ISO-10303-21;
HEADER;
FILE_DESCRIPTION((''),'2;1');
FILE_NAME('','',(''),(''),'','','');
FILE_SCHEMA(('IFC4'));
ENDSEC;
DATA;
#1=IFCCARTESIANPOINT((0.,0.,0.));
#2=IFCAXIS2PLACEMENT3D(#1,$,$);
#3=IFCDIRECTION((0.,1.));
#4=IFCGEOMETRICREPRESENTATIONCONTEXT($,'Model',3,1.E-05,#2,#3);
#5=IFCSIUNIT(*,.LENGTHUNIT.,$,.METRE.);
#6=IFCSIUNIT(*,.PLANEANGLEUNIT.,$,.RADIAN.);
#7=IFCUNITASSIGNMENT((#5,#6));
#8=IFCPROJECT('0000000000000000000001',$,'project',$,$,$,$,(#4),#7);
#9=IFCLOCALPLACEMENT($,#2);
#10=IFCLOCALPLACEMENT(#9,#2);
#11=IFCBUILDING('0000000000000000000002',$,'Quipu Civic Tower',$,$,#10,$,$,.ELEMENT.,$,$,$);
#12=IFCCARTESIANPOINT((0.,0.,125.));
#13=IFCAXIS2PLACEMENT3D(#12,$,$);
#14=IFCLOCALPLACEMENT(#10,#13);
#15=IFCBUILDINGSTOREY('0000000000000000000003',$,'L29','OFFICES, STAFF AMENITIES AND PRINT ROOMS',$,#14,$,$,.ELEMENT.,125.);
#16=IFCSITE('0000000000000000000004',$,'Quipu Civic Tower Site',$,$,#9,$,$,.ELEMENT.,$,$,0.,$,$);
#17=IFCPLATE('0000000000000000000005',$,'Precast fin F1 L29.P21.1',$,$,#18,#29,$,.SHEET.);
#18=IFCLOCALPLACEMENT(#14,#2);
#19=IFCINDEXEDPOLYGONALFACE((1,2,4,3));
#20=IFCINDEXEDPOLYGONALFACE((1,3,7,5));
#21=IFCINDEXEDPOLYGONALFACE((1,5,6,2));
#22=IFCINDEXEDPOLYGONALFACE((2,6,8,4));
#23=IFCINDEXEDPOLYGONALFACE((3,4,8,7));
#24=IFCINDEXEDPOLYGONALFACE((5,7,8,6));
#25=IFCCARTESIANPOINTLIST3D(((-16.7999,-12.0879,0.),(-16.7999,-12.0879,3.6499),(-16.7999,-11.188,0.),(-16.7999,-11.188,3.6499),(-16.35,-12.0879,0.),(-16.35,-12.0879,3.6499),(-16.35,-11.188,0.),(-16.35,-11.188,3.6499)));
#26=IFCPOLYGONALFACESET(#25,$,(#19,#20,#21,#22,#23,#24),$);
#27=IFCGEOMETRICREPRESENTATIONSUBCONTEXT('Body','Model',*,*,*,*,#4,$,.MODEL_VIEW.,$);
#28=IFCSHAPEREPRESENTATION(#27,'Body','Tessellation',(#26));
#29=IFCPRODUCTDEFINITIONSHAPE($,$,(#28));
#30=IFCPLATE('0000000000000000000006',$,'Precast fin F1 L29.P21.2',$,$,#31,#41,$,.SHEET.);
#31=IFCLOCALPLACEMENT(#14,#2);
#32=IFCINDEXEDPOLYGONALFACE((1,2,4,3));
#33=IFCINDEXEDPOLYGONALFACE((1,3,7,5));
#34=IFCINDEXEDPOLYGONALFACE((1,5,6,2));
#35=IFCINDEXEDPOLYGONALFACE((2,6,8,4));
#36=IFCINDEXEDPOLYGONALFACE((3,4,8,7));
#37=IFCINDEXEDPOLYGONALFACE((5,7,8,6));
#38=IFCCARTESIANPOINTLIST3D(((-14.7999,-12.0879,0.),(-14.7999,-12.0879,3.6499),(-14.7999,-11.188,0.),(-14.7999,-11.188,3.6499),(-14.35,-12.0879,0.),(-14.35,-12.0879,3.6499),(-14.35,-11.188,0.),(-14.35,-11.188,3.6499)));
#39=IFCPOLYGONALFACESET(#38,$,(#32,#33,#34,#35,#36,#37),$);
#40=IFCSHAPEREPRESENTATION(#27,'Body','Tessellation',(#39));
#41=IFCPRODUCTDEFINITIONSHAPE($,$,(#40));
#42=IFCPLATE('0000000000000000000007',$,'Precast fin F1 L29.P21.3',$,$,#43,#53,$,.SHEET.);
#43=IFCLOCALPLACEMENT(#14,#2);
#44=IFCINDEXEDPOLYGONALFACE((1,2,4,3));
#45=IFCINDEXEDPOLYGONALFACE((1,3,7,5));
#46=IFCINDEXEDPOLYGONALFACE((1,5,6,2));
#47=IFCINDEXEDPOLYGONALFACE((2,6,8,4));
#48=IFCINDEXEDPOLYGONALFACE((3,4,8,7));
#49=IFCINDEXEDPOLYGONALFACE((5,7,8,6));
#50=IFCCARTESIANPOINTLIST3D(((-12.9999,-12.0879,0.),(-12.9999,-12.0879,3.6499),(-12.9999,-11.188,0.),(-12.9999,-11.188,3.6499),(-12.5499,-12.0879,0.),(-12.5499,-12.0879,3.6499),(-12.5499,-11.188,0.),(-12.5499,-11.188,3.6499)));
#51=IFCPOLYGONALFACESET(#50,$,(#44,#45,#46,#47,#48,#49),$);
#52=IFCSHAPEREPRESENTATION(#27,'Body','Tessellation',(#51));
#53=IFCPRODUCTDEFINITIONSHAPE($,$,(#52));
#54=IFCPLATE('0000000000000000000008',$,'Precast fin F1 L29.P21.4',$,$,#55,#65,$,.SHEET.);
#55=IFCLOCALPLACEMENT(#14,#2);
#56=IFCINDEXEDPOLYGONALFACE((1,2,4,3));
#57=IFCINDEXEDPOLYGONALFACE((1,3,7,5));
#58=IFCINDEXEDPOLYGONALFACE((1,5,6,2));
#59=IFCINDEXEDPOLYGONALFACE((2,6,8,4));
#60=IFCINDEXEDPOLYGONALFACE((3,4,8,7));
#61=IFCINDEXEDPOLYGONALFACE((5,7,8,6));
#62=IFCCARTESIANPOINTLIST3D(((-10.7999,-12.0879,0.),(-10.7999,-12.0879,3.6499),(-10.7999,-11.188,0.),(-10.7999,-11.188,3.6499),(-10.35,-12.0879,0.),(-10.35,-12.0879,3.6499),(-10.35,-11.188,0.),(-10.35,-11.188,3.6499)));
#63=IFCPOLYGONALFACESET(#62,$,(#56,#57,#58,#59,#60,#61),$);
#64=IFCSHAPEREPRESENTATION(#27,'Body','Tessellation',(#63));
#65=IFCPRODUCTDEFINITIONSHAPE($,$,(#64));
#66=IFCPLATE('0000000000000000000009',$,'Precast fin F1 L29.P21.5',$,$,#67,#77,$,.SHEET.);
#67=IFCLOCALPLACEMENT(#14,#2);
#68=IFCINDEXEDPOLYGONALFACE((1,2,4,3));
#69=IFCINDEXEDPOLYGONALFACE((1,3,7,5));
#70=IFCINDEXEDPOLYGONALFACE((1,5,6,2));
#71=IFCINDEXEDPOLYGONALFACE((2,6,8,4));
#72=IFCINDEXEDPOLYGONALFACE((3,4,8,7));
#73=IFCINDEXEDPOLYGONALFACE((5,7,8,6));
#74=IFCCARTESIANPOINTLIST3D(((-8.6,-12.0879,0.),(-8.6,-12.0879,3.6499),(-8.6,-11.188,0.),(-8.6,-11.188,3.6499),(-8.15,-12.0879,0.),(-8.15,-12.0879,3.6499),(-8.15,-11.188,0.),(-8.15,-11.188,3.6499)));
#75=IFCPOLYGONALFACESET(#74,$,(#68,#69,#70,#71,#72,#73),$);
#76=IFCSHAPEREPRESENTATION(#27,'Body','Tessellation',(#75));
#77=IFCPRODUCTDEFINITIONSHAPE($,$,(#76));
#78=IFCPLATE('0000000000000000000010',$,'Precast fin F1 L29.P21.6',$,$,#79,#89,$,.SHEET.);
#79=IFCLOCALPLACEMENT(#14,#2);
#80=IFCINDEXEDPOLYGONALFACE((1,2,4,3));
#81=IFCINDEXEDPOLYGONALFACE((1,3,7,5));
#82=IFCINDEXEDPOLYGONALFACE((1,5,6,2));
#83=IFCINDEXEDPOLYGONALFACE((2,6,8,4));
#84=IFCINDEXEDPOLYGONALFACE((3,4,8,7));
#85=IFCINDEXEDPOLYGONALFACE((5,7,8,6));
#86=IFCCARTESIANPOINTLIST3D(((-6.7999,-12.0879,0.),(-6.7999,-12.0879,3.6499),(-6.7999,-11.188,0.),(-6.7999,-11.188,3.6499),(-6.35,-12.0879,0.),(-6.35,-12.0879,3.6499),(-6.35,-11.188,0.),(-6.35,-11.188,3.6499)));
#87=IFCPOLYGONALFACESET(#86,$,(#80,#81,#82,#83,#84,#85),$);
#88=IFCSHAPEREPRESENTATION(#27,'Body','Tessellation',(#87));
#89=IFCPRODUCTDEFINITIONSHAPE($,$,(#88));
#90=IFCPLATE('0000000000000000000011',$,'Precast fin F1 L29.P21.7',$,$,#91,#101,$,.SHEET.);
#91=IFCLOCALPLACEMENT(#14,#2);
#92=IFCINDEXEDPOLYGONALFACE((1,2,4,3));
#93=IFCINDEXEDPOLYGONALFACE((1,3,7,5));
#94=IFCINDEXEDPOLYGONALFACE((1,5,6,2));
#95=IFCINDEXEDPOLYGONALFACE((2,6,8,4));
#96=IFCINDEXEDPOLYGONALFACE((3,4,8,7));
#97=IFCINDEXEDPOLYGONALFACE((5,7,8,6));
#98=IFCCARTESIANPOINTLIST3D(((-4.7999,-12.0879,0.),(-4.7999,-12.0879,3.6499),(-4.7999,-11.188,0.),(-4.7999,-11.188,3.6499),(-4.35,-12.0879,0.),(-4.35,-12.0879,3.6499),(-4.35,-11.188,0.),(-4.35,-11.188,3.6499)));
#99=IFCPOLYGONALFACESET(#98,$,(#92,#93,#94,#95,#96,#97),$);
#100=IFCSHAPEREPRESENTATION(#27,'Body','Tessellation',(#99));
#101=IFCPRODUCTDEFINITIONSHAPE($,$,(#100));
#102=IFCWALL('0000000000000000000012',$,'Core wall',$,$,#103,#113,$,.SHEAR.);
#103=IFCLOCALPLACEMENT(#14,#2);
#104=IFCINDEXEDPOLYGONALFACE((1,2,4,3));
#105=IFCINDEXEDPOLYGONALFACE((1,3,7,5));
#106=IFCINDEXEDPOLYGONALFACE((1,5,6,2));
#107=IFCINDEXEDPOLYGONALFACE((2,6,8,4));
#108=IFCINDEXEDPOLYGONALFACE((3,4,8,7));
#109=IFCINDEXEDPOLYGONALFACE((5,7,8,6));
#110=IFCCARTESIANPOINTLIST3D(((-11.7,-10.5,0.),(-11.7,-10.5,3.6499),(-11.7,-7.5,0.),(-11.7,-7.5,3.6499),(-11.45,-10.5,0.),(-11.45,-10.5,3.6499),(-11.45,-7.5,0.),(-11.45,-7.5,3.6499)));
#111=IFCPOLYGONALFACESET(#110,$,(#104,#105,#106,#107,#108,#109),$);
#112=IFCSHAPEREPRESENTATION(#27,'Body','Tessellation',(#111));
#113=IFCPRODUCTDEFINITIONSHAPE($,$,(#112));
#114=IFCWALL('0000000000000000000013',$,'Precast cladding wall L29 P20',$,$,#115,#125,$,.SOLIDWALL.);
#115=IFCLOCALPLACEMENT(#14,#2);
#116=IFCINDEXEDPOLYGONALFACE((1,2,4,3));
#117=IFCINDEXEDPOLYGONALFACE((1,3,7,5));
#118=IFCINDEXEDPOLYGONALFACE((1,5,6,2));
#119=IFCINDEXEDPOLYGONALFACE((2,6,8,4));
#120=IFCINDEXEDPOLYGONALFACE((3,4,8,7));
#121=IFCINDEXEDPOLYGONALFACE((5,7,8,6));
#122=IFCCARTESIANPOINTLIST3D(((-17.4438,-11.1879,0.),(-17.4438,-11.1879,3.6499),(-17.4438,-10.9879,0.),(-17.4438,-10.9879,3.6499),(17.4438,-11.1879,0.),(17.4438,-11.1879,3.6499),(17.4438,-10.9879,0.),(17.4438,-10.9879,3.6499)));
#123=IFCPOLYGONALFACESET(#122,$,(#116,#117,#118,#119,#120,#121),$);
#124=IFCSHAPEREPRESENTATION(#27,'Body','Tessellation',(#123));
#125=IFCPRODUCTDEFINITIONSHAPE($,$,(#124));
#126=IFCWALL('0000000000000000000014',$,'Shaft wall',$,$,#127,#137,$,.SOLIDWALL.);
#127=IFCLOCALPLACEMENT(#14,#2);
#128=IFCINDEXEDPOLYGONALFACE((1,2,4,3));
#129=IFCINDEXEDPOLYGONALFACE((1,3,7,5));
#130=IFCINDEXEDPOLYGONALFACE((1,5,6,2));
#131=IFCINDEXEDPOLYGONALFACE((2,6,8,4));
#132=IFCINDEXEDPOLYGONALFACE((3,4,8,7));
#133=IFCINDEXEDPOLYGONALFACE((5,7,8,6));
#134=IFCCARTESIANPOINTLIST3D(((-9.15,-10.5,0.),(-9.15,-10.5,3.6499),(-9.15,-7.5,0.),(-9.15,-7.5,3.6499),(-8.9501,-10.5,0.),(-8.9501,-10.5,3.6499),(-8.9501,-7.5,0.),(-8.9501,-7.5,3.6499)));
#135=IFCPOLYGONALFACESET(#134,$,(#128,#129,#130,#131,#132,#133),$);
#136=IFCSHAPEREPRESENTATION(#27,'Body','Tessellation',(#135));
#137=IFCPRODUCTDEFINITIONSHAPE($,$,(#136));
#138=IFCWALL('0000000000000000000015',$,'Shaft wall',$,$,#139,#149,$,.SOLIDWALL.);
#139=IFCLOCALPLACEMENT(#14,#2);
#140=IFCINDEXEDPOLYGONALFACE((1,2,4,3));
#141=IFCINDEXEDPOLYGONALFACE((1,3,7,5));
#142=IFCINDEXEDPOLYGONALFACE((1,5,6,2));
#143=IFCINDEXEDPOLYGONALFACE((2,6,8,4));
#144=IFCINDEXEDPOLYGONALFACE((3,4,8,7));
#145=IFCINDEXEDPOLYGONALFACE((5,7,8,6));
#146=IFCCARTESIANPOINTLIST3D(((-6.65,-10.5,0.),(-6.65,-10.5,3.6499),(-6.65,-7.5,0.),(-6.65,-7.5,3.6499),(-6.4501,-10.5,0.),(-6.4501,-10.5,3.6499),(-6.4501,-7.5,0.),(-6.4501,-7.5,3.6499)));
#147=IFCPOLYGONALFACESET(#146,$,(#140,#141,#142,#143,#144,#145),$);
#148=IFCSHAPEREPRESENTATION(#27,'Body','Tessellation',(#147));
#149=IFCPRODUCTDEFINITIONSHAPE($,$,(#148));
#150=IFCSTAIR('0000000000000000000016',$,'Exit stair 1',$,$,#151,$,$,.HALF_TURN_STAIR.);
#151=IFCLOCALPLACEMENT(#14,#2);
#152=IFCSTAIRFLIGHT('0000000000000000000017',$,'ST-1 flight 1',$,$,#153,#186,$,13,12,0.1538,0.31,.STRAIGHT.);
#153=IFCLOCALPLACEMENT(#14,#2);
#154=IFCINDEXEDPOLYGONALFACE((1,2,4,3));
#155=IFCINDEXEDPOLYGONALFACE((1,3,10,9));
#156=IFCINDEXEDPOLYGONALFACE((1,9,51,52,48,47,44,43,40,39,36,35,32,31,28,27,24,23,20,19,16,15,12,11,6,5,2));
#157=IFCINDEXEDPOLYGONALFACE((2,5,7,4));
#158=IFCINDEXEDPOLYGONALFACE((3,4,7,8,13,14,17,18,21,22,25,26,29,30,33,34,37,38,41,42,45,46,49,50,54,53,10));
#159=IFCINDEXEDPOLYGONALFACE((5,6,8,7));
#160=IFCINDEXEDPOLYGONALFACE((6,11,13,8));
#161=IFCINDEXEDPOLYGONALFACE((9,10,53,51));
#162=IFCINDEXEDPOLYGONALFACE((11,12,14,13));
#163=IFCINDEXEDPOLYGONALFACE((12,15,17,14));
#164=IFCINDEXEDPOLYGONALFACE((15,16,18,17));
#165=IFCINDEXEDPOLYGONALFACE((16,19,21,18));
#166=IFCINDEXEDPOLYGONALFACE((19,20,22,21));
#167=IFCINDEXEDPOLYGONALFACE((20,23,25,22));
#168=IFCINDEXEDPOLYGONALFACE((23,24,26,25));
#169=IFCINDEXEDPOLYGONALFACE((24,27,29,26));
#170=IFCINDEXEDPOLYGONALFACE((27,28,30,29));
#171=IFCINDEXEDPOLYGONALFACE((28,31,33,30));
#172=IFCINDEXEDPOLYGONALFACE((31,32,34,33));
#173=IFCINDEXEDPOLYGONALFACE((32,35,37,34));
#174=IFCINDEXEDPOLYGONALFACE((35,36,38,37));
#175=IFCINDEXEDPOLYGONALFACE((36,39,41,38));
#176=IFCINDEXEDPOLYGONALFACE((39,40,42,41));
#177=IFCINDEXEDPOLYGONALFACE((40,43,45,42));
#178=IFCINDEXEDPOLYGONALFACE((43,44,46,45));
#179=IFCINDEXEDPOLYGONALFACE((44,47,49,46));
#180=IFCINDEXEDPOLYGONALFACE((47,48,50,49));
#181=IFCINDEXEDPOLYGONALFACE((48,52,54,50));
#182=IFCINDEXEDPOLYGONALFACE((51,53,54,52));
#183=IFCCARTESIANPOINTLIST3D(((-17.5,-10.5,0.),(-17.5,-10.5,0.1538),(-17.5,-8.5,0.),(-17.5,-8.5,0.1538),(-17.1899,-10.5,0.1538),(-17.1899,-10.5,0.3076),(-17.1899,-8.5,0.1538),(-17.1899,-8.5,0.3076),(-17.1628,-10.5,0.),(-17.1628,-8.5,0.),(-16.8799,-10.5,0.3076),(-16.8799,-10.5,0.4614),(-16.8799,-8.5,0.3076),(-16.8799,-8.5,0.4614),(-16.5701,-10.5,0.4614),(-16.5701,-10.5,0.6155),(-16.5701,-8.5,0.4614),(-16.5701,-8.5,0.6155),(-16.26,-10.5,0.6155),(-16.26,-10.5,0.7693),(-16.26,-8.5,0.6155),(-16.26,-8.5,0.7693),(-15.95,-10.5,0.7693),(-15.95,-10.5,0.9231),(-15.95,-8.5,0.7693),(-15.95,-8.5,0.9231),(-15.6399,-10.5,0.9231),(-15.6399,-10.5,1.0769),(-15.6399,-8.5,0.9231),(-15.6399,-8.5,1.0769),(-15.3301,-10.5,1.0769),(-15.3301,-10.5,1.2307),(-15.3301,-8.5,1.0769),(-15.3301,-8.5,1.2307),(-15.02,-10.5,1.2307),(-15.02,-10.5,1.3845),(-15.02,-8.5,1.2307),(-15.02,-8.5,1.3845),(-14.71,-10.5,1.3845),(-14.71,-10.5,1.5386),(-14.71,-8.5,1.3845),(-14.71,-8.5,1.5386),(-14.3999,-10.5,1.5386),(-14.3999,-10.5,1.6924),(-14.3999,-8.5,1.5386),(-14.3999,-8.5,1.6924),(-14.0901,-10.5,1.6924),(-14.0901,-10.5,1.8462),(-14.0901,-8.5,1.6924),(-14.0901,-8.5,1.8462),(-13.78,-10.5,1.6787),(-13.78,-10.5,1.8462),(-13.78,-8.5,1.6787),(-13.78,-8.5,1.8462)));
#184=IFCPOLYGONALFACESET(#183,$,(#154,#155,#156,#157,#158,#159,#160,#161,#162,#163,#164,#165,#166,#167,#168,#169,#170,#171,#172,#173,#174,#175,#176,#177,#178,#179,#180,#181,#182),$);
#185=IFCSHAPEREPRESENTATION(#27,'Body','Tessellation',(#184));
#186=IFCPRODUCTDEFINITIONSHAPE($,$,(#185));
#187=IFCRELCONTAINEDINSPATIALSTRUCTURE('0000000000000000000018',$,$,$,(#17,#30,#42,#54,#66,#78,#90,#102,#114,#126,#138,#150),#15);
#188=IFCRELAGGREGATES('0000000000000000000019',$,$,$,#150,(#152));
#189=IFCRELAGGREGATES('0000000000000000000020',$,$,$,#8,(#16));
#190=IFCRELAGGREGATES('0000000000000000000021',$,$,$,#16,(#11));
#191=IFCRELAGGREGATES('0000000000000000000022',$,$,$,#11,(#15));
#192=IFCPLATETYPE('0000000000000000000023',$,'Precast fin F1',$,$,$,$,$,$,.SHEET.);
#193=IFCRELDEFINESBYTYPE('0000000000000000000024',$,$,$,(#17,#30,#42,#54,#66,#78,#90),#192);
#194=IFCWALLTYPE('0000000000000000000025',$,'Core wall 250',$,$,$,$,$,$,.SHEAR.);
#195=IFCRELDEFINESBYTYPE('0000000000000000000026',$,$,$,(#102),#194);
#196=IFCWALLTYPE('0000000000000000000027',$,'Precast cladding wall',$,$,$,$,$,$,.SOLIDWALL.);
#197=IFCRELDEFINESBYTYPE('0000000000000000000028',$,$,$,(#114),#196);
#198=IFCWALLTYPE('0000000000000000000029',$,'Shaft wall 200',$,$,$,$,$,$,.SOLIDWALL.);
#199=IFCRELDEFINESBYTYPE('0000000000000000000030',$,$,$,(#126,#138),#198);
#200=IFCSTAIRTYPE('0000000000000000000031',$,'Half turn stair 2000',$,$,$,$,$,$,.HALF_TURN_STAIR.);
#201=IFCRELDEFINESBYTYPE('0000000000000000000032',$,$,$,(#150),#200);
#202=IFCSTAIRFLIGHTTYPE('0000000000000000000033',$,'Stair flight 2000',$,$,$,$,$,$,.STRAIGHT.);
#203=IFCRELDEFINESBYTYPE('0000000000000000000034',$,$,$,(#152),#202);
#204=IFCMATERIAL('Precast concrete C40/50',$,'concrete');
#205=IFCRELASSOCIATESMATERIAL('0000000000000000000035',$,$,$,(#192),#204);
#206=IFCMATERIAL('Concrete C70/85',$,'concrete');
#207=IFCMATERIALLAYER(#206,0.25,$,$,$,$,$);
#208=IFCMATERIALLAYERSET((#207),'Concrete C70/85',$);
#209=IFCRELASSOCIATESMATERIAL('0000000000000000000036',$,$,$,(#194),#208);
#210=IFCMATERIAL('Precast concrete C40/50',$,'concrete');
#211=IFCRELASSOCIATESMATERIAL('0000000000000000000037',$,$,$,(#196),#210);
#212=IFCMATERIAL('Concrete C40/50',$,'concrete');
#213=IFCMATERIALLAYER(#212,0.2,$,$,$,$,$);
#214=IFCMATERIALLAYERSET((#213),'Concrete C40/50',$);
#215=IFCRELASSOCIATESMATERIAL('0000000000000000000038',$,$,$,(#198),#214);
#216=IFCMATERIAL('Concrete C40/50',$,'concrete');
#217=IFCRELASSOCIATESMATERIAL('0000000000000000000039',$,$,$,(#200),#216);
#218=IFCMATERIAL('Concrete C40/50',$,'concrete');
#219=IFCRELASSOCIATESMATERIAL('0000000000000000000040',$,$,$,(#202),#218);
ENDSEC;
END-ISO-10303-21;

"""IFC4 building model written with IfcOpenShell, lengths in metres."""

from ifc_helpers import new_model, si_unit, direction, frame, frame_2d, origin, origin_2d, place, context, subcontext, project, spatial, polyline, rectangle, outline, extrude, material, layer, layer_set, type_object, element, aggregate, save


model = new_model("IFC4")

# Units and contexts
model_context = context("Model", 3, precision=1e-05, world=origin(), true_north=direction((0.0, 1.0)))
body_context = subcontext(model_context, "Body", "Model", "MODEL_VIEW")
ifc_project = project(units=[si_unit("LENGTHUNIT", "METRE"), si_unit("PLANEANGLEUNIT", "RADIAN")], contexts=[model_context])

# Site, building, storey
site_placement = place(None, origin())
site = spatial("IfcSite", under=ifc_project, at=site_placement, Name="Quipu Civic Tower Site", CompositionType="ELEMENT", RefElevation=0.0)
building_placement = place(site_placement, origin())
building = spatial("IfcBuilding", under=site, at=building_placement, Name="Quipu Civic Tower", CompositionType="ELEMENT")
storey_placement = place(building_placement, frame((0.0, 0.0, 125.0)))
storey = spatial("IfcBuildingStorey", under=building, at=storey_placement, Name="L29", Description="OFFICES, STAFF AMENITIES AND PRINT ROOMS", CompositionType="ELEMENT", Elevation=125.0)

# Plates
ifc_material_1 = material(Name="Precast concrete C40/50", Category="concrete")
plate_type = type_object("IfcPlateType", Name="Precast fin F1", PredefinedType="SHEET", material=ifc_material_1)
for number, where, z_axis, x_axis, name in (
    (1, (-16.575, -11.6379, 0.0), (0.0, 0.0, 1.0), (1.0, 0.0, 0.0), "Precast fin F1 L29.P21.1"),
    (2, (-14.575, -11.6379, 0.0), (0.0, 0.0, 1.0), (1.0, 0.0, 0.0), "Precast fin F1 L29.P21.2"),
    (3, (-12.7749, -11.6379, 0.0), (0.0, 0.0, 1.0), (1.0, 0.0, 0.0), "Precast fin F1 L29.P21.3"),
    (4, (-10.575, -11.6379, 0.0), (0.0, 0.0, 1.0), (1.0, 0.0, 0.0), "Precast fin F1 L29.P21.4"),
    (5, (-8.375, -11.6379, 0.0), (0.0, 0.0, 1.0), (1.0, 0.0, 0.0), "Precast fin F1 L29.P21.5"),
    (6, (-6.575, -11.6379, 0.0), (0.0, 0.0, 1.0), (1.0, 0.0, 0.0), "Precast fin F1 L29.P21.6"),
    (7, (-4.575, -11.6379, 0.0), (0.0, 0.0, 1.0), (1.0, 0.0, 0.0), "Precast fin F1 L29.P21.7"),
):
    element("IfcPlate", number, at=place(storey_placement, frame(where, z_axis=z_axis, x_axis=x_axis)), inside=storey, type_object=plate_type, Name=name, PredefinedType="SHEET", context=body_context, shape_type="SweptSolid", body=[
        extrude(rectangle(XDim=0.45, YDim=0.8999, at=origin_2d()), origin(), (0.0, 0.0, 1.0), 3.6499),
    ])

# Walls
ifc_material_2 = material(Name="Concrete C70/85", Category="concrete")
ifc_layer_1 = layer(ifc_material_2, 0.25)
ifc_layer_set_1 = layer_set([ifc_layer_1], Name="Concrete C70/85")
wall_type_1 = type_object("IfcWallType", Name="Core wall 250", PredefinedType="SHEAR", material=ifc_layer_set_1)
wall_1_placement = place(storey_placement, frame((-11.575, -10.5, 0.0), z_axis=(0.0, 0.0, 1.0), x_axis=(0.0, 1.0, 0.0)))
element("IfcWall", 8, at=wall_1_placement, inside=storey, type_object=wall_type_1, Name="Core wall", PredefinedType="SHEAR", context=body_context, shape_type="SweptSolid", body=[
    extrude(rectangle(XDim=3.0, YDim=0.25, at=frame_2d((1.5, 0.0))), origin(), (0.0, 0.0, 1.0), 3.6499),
])
ifc_material_3 = material(Name="Precast concrete C40/50", Category="concrete")
wall_type_2 = type_object("IfcWallType", Name="Precast cladding wall", PredefinedType="SOLIDWALL", material=ifc_material_3)
wall_2_placement = place(storey_placement, frame((-17.4438, -11.0879, 0.0), z_axis=(0.0, 0.0, 1.0), x_axis=(1.0, 0.0, 0.0)))
element("IfcWall", 9, at=wall_2_placement, inside=storey, type_object=wall_type_2, Name="Precast cladding wall L29 P20", PredefinedType="SOLIDWALL", context=body_context, shape_type="SweptSolid", body=[
    extrude(rectangle(XDim=34.8877, YDim=0.2, at=frame_2d((17.4438, 0.0))), origin(), (0.0, 0.0, 1.0), 3.6499),
])
ifc_material_4 = material(Name="Concrete C40/50", Category="concrete")
ifc_layer_2 = layer(ifc_material_4, 0.2)
ifc_layer_set_2 = layer_set([ifc_layer_2], Name="Concrete C40/50")
wall_type_3 = type_object("IfcWallType", Name="Shaft wall 200", PredefinedType="SOLIDWALL", material=ifc_layer_set_2)
for number, where, z_axis, x_axis, name in (
    (10, (-9.05, -10.5, 0.0), (0.0, 0.0, 1.0), (0.0, 1.0, 0.0), "Shaft wall"),
    (11, (-6.55, -10.5, 0.0), (0.0, 0.0, 1.0), (0.0, 1.0, 0.0), "Shaft wall"),
):
    element("IfcWall", number, at=place(storey_placement, frame(where, z_axis=z_axis, x_axis=x_axis)), inside=storey, type_object=wall_type_3, Name=name, PredefinedType="SOLIDWALL", context=body_context, shape_type="SweptSolid", body=[
        extrude(rectangle(XDim=3.0, YDim=0.2, at=frame_2d((1.5, 0.0))), origin(), (0.0, 0.0, 1.0), 3.6499),
    ])

# Stair, stair flight
ifc_material_5 = material(Name="Concrete C40/50", Category="concrete")
stair_type = type_object("IfcStairType", Name="Half turn stair 2000", PredefinedType="HALF_TURN_STAIR", material=ifc_material_5)
stair_placement = place(storey_placement, origin())
stair = element("IfcStair", 12, at=stair_placement, inside=storey, type_object=stair_type, Name="Exit stair 1", PredefinedType="HALF_TURN_STAIR")
ifc_material_6 = material(Name="Concrete C40/50", Category="concrete")
stair_flight_type = type_object("IfcStairFlightType", Name="Stair flight 2000", PredefinedType="STRAIGHT", material=ifc_material_6)
stair_flight_placement = place(storey_placement, frame((-17.5, -9.5, 0.0), z_axis=(0.0, 0.0, 1.0), x_axis=(1.0, 0.0, 0.0)))
stair_flight = element("IfcStairFlight", 13, at=stair_flight_placement, type_object=stair_flight_type, Name="ST-1 flight 1", NumberOfRisers=13, NumberOfTreads=12, PredefinedType="STRAIGHT", RiserHeight=0.1538, TreadLength=0.31, context=body_context, shape_type="SweptSolid", body=[
    extrude(outline(polyline([(0.0, 0.0), (0.0, 0.1538), (0.3101, 0.1538), (0.3101, 0.3076), (0.6201, 0.3076), (0.6201, 0.4614), (0.9299, 0.4614), (0.9299, 0.6155), (1.24, 0.6155), (1.24, 0.7693), (1.55, 0.7693), (1.55, 0.9231), (1.8601, 0.9231), (1.8601, 1.0769), (2.1699, 1.0769), (2.1699, 1.2307), (2.48, 1.2307), (2.48, 1.3845), (2.79, 1.3845), (2.79, 1.5386), (3.1001, 1.5386), (3.1001, 1.6924), (3.4099, 1.6924), (3.4099, 1.8462), (3.72, 1.8462), (3.72, 2.0), (3.72, 1.6787), (0.3372, 0.0), (0.0, 0.0)])), frame((0.0, 1.0, 0.0), z_axis=(0.0, -1.0, 0.0), x_axis=(1.0, 0.0, 0.0)), (0.0, 0.0, 1.0), 2.0),
])
aggregate(stair, [stair_flight])

save(model, "model.ifc")
